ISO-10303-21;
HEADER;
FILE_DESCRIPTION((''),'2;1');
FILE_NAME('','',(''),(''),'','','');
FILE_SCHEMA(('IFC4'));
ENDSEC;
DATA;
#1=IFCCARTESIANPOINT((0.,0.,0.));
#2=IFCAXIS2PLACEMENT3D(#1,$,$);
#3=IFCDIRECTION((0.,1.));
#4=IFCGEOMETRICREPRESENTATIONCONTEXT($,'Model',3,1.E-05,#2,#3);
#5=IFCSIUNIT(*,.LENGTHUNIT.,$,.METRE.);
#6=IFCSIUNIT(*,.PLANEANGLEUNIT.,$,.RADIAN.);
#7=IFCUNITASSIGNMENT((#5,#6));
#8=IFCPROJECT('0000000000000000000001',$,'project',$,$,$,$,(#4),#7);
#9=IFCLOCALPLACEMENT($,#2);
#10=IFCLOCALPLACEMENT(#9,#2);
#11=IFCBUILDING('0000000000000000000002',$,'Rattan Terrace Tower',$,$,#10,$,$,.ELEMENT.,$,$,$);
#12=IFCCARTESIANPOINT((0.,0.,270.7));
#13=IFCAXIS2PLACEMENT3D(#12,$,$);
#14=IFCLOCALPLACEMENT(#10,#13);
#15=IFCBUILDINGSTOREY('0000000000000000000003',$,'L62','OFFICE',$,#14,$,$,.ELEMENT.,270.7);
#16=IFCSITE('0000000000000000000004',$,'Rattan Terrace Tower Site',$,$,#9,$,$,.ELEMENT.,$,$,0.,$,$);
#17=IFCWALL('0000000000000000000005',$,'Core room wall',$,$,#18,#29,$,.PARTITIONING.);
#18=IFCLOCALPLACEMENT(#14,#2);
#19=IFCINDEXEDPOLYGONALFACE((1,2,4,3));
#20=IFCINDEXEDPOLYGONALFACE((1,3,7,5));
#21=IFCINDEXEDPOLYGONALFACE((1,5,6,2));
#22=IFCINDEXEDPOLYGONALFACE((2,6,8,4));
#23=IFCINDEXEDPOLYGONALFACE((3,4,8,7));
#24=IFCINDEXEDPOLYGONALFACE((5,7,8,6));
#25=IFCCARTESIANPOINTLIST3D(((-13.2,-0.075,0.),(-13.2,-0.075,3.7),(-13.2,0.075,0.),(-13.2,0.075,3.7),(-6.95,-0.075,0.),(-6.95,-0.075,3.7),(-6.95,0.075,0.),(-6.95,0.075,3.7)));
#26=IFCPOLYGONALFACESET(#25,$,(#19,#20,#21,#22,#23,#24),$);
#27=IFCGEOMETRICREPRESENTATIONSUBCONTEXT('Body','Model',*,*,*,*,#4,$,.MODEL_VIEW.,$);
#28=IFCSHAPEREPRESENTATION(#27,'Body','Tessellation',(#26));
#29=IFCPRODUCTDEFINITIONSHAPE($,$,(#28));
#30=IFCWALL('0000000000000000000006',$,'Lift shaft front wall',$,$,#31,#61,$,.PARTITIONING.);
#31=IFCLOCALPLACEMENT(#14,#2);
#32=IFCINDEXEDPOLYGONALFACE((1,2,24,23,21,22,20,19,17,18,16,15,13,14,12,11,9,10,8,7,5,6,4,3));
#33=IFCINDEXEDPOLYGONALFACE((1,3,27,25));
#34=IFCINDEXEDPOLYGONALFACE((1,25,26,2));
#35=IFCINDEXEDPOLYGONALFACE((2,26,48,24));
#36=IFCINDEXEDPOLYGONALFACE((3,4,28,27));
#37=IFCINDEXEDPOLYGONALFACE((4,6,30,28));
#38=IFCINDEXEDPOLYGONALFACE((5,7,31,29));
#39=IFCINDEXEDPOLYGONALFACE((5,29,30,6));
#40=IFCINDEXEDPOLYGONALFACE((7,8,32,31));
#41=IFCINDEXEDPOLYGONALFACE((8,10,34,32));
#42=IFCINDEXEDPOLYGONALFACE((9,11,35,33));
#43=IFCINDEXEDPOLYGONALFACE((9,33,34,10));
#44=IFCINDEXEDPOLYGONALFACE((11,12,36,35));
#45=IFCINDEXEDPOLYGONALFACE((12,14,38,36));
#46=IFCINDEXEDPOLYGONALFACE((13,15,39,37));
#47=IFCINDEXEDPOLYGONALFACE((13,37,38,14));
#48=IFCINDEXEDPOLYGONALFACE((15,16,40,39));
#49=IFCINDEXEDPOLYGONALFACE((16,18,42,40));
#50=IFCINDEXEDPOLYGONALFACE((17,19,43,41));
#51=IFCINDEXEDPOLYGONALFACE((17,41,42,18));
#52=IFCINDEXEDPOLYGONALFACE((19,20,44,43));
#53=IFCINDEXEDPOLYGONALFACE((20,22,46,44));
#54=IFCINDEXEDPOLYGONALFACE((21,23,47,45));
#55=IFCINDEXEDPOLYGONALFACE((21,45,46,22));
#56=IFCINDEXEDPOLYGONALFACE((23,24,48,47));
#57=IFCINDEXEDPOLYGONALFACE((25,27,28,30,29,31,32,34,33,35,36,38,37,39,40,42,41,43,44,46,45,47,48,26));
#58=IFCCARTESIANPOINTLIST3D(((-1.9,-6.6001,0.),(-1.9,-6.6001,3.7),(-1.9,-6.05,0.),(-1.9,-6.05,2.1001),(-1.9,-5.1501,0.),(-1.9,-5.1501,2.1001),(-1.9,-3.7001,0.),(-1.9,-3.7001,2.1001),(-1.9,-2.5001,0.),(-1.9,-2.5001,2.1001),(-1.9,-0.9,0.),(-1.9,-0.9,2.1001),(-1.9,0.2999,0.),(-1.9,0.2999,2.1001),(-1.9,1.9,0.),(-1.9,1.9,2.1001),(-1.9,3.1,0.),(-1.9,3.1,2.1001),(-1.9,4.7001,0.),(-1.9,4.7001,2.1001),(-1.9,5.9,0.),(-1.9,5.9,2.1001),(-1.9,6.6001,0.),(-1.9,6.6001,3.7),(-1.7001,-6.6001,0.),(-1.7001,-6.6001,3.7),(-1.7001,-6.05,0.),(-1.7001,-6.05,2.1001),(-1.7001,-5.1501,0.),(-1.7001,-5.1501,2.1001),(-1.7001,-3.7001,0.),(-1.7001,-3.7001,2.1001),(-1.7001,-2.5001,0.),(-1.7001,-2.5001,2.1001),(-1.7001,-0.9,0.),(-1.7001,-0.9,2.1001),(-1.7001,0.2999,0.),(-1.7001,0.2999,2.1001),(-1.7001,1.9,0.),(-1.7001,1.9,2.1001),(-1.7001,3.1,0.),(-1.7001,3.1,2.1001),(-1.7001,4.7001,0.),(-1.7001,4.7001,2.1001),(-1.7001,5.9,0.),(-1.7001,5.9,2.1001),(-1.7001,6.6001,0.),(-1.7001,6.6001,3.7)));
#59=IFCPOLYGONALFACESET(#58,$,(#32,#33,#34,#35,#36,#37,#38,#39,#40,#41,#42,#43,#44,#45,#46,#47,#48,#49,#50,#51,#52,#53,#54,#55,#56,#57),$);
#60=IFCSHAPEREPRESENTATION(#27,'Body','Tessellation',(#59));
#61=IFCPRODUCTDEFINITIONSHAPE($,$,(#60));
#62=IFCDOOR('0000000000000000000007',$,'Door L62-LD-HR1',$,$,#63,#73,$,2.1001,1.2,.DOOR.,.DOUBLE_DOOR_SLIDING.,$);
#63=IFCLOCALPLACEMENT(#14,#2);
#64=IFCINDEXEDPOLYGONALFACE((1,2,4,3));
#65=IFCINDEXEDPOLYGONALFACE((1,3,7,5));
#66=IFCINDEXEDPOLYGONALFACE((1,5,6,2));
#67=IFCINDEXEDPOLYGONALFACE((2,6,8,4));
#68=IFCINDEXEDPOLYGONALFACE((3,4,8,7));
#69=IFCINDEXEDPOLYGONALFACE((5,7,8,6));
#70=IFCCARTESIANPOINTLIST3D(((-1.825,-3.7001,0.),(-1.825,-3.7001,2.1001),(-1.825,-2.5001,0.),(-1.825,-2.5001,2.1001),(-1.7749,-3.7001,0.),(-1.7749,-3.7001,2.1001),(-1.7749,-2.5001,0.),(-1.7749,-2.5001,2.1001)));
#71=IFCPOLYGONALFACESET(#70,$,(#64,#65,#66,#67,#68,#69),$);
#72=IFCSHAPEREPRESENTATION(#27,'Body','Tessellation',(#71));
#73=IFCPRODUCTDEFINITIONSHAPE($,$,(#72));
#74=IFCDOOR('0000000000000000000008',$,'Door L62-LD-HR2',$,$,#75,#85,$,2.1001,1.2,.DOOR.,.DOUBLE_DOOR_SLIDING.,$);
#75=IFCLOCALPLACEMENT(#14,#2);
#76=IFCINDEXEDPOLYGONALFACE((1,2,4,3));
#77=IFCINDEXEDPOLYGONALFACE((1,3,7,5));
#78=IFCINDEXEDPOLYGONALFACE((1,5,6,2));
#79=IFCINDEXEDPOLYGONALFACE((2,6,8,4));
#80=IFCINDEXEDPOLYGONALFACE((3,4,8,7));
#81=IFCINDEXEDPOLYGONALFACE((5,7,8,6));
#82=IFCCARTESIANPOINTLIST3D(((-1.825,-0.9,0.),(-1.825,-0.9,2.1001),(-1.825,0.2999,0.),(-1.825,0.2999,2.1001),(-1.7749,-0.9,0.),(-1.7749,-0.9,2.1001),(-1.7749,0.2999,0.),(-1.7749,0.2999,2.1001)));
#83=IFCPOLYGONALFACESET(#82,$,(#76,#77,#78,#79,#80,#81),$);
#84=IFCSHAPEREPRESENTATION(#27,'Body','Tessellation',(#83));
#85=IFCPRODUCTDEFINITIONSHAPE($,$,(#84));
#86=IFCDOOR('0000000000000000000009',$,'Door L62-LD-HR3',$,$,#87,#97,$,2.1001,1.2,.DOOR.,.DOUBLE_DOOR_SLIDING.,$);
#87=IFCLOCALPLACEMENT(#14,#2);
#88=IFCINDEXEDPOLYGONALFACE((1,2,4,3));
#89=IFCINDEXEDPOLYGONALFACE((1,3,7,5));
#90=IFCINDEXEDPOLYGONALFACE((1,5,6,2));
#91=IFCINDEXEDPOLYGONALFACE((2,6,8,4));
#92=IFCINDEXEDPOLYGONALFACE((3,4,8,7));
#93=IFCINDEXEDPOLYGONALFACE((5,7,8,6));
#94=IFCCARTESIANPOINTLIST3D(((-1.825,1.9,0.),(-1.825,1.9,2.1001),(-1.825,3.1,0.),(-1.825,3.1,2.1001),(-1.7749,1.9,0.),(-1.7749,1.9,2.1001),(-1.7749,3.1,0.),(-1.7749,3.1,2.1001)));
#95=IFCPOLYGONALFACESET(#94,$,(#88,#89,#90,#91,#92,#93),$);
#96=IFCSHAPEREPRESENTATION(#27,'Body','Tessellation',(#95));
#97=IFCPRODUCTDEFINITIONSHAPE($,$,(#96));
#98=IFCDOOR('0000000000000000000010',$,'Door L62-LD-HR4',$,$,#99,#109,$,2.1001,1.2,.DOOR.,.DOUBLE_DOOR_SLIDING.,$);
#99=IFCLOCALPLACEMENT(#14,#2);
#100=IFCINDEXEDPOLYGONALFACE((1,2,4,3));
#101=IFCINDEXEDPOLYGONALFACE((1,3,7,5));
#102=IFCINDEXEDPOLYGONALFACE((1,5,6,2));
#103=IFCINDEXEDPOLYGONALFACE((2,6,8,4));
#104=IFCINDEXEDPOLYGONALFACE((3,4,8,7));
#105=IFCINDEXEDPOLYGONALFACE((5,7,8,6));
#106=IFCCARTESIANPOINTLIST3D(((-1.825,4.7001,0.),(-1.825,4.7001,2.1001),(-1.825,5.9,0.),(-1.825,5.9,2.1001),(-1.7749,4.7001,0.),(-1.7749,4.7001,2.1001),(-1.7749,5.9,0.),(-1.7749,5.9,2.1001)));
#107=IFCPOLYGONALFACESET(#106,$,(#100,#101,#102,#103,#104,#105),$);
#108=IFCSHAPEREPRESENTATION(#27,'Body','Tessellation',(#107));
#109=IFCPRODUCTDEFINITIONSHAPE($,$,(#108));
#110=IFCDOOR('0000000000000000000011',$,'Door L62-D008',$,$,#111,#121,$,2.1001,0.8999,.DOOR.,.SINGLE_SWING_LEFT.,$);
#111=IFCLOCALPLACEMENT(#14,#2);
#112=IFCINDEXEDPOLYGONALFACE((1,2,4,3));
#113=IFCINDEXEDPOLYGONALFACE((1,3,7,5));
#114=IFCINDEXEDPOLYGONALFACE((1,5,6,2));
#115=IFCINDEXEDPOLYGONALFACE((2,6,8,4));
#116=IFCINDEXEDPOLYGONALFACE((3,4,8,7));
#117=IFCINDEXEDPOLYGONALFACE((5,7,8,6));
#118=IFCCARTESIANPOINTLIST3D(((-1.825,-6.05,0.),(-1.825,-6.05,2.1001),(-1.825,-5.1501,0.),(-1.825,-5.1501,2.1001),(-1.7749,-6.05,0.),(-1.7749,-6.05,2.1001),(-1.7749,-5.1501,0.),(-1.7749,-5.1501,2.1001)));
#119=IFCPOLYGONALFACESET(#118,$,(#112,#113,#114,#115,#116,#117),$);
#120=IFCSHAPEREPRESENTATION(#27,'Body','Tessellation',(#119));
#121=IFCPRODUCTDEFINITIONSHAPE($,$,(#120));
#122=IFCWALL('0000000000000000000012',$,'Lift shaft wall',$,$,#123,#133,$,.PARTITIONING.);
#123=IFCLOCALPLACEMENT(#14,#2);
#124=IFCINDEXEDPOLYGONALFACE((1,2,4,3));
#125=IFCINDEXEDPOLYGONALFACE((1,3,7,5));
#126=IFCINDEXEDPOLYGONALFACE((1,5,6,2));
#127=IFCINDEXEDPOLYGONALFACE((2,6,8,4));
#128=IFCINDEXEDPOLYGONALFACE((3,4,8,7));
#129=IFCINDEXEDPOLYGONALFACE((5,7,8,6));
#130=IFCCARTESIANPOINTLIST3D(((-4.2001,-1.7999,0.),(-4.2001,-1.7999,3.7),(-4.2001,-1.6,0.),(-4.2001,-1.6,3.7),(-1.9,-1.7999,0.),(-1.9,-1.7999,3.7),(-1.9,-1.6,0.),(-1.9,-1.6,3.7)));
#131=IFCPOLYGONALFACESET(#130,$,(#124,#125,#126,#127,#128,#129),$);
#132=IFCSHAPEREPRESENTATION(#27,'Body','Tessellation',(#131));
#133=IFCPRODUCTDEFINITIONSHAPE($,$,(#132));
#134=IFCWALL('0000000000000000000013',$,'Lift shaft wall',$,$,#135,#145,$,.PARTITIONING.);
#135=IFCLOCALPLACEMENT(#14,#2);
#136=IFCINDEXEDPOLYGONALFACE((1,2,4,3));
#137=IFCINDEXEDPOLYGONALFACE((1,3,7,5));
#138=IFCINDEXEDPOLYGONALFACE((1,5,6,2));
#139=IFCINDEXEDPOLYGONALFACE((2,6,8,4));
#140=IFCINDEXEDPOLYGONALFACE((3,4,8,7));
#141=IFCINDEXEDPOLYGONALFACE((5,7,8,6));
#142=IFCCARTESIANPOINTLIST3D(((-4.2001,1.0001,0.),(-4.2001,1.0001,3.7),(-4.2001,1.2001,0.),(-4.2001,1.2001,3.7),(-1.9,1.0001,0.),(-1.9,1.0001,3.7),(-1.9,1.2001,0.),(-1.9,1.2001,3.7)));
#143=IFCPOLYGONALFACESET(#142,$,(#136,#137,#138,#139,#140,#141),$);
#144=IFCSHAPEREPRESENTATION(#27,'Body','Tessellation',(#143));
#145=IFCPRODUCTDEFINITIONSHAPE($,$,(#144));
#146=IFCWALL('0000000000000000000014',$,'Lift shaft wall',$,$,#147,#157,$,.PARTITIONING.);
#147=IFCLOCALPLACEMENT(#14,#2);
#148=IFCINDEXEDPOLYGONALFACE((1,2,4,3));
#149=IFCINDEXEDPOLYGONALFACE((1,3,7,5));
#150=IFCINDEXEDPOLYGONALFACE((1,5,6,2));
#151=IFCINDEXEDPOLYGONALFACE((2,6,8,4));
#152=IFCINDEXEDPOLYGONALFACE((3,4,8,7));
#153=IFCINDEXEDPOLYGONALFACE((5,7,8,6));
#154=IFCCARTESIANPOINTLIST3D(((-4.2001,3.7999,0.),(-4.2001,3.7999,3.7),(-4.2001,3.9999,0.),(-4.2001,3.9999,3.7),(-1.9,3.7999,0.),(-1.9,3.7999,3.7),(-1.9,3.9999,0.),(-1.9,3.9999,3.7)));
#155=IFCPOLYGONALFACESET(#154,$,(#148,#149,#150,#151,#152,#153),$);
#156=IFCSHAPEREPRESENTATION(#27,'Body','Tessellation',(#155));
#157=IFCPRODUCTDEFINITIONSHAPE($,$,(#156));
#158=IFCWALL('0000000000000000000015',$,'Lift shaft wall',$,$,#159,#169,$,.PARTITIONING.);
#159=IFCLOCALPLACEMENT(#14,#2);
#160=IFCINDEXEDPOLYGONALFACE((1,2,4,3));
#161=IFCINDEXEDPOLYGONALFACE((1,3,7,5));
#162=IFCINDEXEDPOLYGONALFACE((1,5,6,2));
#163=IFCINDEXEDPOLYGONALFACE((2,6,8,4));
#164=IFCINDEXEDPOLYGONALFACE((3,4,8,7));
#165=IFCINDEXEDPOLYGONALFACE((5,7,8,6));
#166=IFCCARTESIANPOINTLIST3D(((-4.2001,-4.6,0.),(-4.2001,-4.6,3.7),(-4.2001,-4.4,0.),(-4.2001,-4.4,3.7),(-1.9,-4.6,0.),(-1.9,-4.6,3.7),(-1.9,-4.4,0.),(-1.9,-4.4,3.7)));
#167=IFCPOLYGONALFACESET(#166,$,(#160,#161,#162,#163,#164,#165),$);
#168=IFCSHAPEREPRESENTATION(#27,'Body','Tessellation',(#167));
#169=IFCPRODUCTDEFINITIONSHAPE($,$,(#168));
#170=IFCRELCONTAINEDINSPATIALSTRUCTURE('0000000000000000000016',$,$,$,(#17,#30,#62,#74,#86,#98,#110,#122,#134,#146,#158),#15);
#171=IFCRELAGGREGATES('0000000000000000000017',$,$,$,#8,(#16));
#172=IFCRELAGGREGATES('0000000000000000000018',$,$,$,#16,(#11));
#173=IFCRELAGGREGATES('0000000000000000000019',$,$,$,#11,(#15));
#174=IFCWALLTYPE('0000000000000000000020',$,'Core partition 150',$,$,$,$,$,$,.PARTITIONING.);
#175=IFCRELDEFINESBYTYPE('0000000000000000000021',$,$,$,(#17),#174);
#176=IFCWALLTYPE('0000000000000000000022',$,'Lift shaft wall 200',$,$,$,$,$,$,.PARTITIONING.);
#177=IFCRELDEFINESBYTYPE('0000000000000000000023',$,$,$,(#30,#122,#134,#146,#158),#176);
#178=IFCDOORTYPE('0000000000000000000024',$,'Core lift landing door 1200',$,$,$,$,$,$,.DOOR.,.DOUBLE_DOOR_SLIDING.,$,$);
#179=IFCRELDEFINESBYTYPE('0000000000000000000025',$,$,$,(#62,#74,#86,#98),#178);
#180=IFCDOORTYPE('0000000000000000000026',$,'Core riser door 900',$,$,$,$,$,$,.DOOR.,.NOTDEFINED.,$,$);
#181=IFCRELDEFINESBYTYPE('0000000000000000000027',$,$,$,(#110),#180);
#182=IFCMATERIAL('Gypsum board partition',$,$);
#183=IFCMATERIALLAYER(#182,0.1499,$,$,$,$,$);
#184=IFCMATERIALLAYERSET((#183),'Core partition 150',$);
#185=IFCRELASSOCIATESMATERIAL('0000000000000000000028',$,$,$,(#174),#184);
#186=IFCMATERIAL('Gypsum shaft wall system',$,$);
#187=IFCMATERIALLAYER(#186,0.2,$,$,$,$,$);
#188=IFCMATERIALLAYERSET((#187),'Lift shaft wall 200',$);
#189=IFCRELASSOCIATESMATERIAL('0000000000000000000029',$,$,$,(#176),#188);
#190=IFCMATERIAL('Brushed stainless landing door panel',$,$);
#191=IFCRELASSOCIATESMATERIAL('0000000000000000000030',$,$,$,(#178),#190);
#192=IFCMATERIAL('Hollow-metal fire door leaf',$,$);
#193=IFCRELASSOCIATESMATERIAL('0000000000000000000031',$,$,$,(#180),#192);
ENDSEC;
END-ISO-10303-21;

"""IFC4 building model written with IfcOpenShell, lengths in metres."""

from ifc_helpers import new_model, si_unit, direction, frame, frame_2d, origin, place, context, subcontext, project, spatial, rectangle, extrude, material, layer, layer_set, type_object, element, fill, save


model = new_model("IFC4")

# Units and contexts
model_context = context("Model", 3, precision=1e-05, world=origin(), true_north=direction((0.0, 1.0)))
body_context = subcontext(model_context, "Body", "Model", "MODEL_VIEW")
ifc_project = project(units=[si_unit("LENGTHUNIT", "METRE"), si_unit("PLANEANGLEUNIT", "RADIAN")], contexts=[model_context])

# Site, building, storey
site_placement = place(None, origin())
site = spatial("IfcSite", under=ifc_project, at=site_placement, Name="Rattan Terrace Tower Site", CompositionType="ELEMENT", RefElevation=0.0)
building_placement = place(site_placement, origin())
building = spatial("IfcBuilding", under=site, at=building_placement, Name="Rattan Terrace Tower", CompositionType="ELEMENT")
storey_placement = place(building_placement, frame((0.0, 0.0, 270.7)))
storey = spatial("IfcBuildingStorey", under=building, at=storey_placement, Name="L62", Description="OFFICE", CompositionType="ELEMENT", Elevation=270.7)

# Wall
ifc_material_1 = material(Name="Gypsum board partition")
ifc_layer_1 = layer(ifc_material_1, 0.1499)
ifc_layer_set_1 = layer_set([ifc_layer_1], Name="Core partition 150")
wall_type_1 = type_object("IfcWallType", Name="Core partition 150", PredefinedType="PARTITIONING", material=ifc_layer_set_1)
wall_1_placement = place(storey_placement, frame((-13.2, 0.0, 0.0), z_axis=(0.0, 0.0, 1.0), x_axis=(1.0, 0.0, 0.0)))
element("IfcWall", 1, at=wall_1_placement, inside=storey, type_object=wall_type_1, Name="Core room wall", PredefinedType="PARTITIONING", context=body_context, shape_type="SweptSolid", body=[
    extrude(rectangle(XDim=6.25, YDim=0.1499, at=frame_2d((3.125, 0.0))), origin(), (0.0, 0.0, 1.0), 3.7),
])

# Wall, openings, doors
ifc_material_2 = material(Name="Gypsum shaft wall system")
ifc_layer_2 = layer(ifc_material_2, 0.2)
ifc_layer_set_2 = layer_set([ifc_layer_2], Name="Lift shaft wall 200")
wall_type_2 = type_object("IfcWallType", Name="Lift shaft wall 200", PredefinedType="PARTITIONING", material=ifc_layer_set_2)
wall_2_placement = place(storey_placement, frame((-1.8, -6.6001, 0.0), z_axis=(0.0, 0.0, 1.0), x_axis=(0.0, 1.0, 0.0)))
wall_2 = element("IfcWall", 2, at=wall_2_placement, inside=storey, type_object=wall_type_2, Name="Lift shaft front wall", PredefinedType="PARTITIONING", context=body_context, shape_type="SweptSolid", body=[
    extrude(rectangle(XDim=13.2002, YDim=0.2, at=frame_2d((6.6001, 0.0))), origin(), (0.0, 0.0, 1.0), 3.7),
])
opening_1_placement = place(wall_2_placement, frame((0.55, 0.0, 0.0)))
opening_1 = element("IfcOpeningElement", 3, at=opening_1_placement, cuts=wall_2, PredefinedType="OPENING", context=body_context, shape_type="SweptSolid", body=[
    extrude(rectangle(XDim=0.8999, YDim=2.1001, at=frame_2d((0.45, 1.05))), frame((0.0, 0.1106, 0.0), z_axis=(0.0, -1.0, 0.0), x_axis=(1.0, 0.0, 0.0)), (0.0, 0.0, 1.0), 0.2209),
])
opening_2_placement = place(wall_2_placement, frame((2.8999, 0.0, 0.0)))
opening_2 = element("IfcOpeningElement", 4, at=opening_2_placement, cuts=wall_2, PredefinedType="OPENING", context=body_context, shape_type="SweptSolid", body=[
    extrude(rectangle(XDim=1.2, YDim=2.1001, at=frame_2d((0.6001, 1.05))), frame((0.0, 0.1106, 0.0), z_axis=(0.0, -1.0, 0.0), x_axis=(1.0, 0.0, 0.0)), (0.0, 0.0, 1.0), 0.2209),
])
opening_3_placement = place(wall_2_placement, frame((5.7, 0.0, 0.0)))
opening_3 = element("IfcOpeningElement", 5, at=opening_3_placement, cuts=wall_2, PredefinedType="OPENING", context=body_context, shape_type="SweptSolid", body=[
    extrude(rectangle(XDim=1.2, YDim=2.1001, at=frame_2d((0.6001, 1.05))), frame((0.0, 0.1106, 0.0), z_axis=(0.0, -1.0, 0.0), x_axis=(1.0, 0.0, 0.0)), (0.0, 0.0, 1.0), 0.2209),
])
opening_4_placement = place(wall_2_placement, frame((8.5, 0.0, 0.0)))
opening_4 = element("IfcOpeningElement", 6, at=opening_4_placement, cuts=wall_2, PredefinedType="OPENING", context=body_context, shape_type="SweptSolid", body=[
    extrude(rectangle(XDim=1.2, YDim=2.1001, at=frame_2d((0.6001, 1.05))), frame((0.0, 0.1106, 0.0), z_axis=(0.0, -1.0, 0.0), x_axis=(1.0, 0.0, 0.0)), (0.0, 0.0, 1.0), 0.2209),
])
opening_5_placement = place(wall_2_placement, frame((11.3, 0.0, 0.0)))
opening_5 = element("IfcOpeningElement", 7, at=opening_5_placement, cuts=wall_2, PredefinedType="OPENING", context=body_context, shape_type="SweptSolid", body=[
    extrude(rectangle(XDim=1.2, YDim=2.1001, at=frame_2d((0.6001, 1.05))), frame((0.0, 0.1106, 0.0), z_axis=(0.0, -1.0, 0.0), x_axis=(1.0, 0.0, 0.0)), (0.0, 0.0, 1.0), 0.2209),
])
ifc_material_3 = material(Name="Brushed stainless landing door panel")
door_type_1 = type_object("IfcDoorType", Name="Core lift landing door 1200", OperationType="DOUBLE_DOOR_SLIDING", PredefinedType="DOOR", material=ifc_material_3)
door_1_placement = place(opening_2_placement, origin())
door_1 = element("IfcDoor", 8, at=door_1_placement, inside=storey, type_object=door_type_1, Name="Door L62-LD-HR1", OperationType="DOUBLE_DOOR_SLIDING", OverallHeight=2.1001, OverallWidth=1.2, PredefinedType="DOOR", context=body_context, shape_type="SweptSolid", body=[
    extrude(rectangle(XDim=1.2, YDim=2.1001, at=frame_2d((0.6001, 1.05))), frame((0.0, 0.0249, 0.0), z_axis=(0.0, -1.0, 0.0), x_axis=(1.0, 0.0, 0.0)), (0.0, 0.0, 1.0), 0.05),
])
fill(opening_2, door_1)
door_2_placement = place(opening_3_placement, origin())
door_2 = element("IfcDoor", 9, at=door_2_placement, inside=storey, type_object=door_type_1, Name="Door L62-LD-HR2", OperationType="DOUBLE_DOOR_SLIDING", OverallHeight=2.1001, OverallWidth=1.2, PredefinedType="DOOR", context=body_context, shape_type="SweptSolid", body=[
    extrude(rectangle(XDim=1.2, YDim=2.1001, at=frame_2d((0.6001, 1.05))), frame((0.0, 0.0249, 0.0), z_axis=(0.0, -1.0, 0.0), x_axis=(1.0, 0.0, 0.0)), (0.0, 0.0, 1.0), 0.05),
])
fill(opening_3, door_2)
door_3_placement = place(opening_4_placement, origin())
door_3 = element("IfcDoor", 10, at=door_3_placement, inside=storey, type_object=door_type_1, Name="Door L62-LD-HR3", OperationType="DOUBLE_DOOR_SLIDING", OverallHeight=2.1001, OverallWidth=1.2, PredefinedType="DOOR", context=body_context, shape_type="SweptSolid", body=[
    extrude(rectangle(XDim=1.2, YDim=2.1001, at=frame_2d((0.6001, 1.05))), frame((0.0, 0.0249, 0.0), z_axis=(0.0, -1.0, 0.0), x_axis=(1.0, 0.0, 0.0)), (0.0, 0.0, 1.0), 0.05),
])
fill(opening_4, door_3)
door_4_placement = place(opening_5_placement, origin())
door_4 = element("IfcDoor", 11, at=door_4_placement, inside=storey, type_object=door_type_1, Name="Door L62-LD-HR4", OperationType="DOUBLE_DOOR_SLIDING", OverallHeight=2.1001, OverallWidth=1.2, PredefinedType="DOOR", context=body_context, shape_type="SweptSolid", body=[
    extrude(rectangle(XDim=1.2, YDim=2.1001, at=frame_2d((0.6001, 1.05))), frame((0.0, 0.0249, 0.0), z_axis=(0.0, -1.0, 0.0), x_axis=(1.0, 0.0, 0.0)), (0.0, 0.0, 1.0), 0.05),
])
fill(opening_5, door_4)
ifc_material_4 = material(Name="Hollow-metal fire door leaf")
door_type_2 = type_object("IfcDoorType", Name="Core riser door 900", OperationType="NOTDEFINED", PredefinedType="DOOR", material=ifc_material_4)
door_5_placement = place(opening_1_placement, origin())
door_5 = element("IfcDoor", 12, at=door_5_placement, inside=storey, type_object=door_type_2, Name="Door L62-D008", OperationType="SINGLE_SWING_LEFT", OverallHeight=2.1001, OverallWidth=0.8999, PredefinedType="DOOR", context=body_context, shape_type="SweptSolid", body=[
    extrude(rectangle(XDim=0.8999, YDim=2.1001, at=frame_2d((0.45, 1.05))), frame((0.0, 0.0249, 0.0), z_axis=(0.0, -1.0, 0.0), x_axis=(1.0, 0.0, 0.0)), (0.0, 0.0, 1.0), 0.05),
])
fill(opening_1, door_5)

# Walls
for number, where, z_axis, x_axis, name in (
    (13, (-4.2, -1.7, 0.0), (0.0, 0.0, 1.0), (1.0, 0.0, 0.0), "Lift shaft wall"),
    (14, (-4.2, 1.1001, 0.0), (0.0, 0.0, 1.0), (1.0, 0.0, 0.0), "Lift shaft wall"),
    (15, (-4.2, 3.8999, 0.0), (0.0, 0.0, 1.0), (1.0, 0.0, 0.0), "Lift shaft wall"),
    (16, (-4.2, -4.5, 0.0), (0.0, 0.0, 1.0), (1.0, 0.0, 0.0), "Lift shaft wall"),
):
    element("IfcWall", number, at=place(storey_placement, frame(where, z_axis=z_axis, x_axis=x_axis)), inside=storey, type_object=wall_type_2, Name=name, PredefinedType="PARTITIONING", context=body_context, shape_type="SweptSolid", body=[
        extrude(rectangle(XDim=2.3, YDim=0.2, at=frame_2d((1.1499, 0.0))), origin(), (0.0, 0.0, 1.0), 3.7),
    ])

save(model, "model.ifc")
